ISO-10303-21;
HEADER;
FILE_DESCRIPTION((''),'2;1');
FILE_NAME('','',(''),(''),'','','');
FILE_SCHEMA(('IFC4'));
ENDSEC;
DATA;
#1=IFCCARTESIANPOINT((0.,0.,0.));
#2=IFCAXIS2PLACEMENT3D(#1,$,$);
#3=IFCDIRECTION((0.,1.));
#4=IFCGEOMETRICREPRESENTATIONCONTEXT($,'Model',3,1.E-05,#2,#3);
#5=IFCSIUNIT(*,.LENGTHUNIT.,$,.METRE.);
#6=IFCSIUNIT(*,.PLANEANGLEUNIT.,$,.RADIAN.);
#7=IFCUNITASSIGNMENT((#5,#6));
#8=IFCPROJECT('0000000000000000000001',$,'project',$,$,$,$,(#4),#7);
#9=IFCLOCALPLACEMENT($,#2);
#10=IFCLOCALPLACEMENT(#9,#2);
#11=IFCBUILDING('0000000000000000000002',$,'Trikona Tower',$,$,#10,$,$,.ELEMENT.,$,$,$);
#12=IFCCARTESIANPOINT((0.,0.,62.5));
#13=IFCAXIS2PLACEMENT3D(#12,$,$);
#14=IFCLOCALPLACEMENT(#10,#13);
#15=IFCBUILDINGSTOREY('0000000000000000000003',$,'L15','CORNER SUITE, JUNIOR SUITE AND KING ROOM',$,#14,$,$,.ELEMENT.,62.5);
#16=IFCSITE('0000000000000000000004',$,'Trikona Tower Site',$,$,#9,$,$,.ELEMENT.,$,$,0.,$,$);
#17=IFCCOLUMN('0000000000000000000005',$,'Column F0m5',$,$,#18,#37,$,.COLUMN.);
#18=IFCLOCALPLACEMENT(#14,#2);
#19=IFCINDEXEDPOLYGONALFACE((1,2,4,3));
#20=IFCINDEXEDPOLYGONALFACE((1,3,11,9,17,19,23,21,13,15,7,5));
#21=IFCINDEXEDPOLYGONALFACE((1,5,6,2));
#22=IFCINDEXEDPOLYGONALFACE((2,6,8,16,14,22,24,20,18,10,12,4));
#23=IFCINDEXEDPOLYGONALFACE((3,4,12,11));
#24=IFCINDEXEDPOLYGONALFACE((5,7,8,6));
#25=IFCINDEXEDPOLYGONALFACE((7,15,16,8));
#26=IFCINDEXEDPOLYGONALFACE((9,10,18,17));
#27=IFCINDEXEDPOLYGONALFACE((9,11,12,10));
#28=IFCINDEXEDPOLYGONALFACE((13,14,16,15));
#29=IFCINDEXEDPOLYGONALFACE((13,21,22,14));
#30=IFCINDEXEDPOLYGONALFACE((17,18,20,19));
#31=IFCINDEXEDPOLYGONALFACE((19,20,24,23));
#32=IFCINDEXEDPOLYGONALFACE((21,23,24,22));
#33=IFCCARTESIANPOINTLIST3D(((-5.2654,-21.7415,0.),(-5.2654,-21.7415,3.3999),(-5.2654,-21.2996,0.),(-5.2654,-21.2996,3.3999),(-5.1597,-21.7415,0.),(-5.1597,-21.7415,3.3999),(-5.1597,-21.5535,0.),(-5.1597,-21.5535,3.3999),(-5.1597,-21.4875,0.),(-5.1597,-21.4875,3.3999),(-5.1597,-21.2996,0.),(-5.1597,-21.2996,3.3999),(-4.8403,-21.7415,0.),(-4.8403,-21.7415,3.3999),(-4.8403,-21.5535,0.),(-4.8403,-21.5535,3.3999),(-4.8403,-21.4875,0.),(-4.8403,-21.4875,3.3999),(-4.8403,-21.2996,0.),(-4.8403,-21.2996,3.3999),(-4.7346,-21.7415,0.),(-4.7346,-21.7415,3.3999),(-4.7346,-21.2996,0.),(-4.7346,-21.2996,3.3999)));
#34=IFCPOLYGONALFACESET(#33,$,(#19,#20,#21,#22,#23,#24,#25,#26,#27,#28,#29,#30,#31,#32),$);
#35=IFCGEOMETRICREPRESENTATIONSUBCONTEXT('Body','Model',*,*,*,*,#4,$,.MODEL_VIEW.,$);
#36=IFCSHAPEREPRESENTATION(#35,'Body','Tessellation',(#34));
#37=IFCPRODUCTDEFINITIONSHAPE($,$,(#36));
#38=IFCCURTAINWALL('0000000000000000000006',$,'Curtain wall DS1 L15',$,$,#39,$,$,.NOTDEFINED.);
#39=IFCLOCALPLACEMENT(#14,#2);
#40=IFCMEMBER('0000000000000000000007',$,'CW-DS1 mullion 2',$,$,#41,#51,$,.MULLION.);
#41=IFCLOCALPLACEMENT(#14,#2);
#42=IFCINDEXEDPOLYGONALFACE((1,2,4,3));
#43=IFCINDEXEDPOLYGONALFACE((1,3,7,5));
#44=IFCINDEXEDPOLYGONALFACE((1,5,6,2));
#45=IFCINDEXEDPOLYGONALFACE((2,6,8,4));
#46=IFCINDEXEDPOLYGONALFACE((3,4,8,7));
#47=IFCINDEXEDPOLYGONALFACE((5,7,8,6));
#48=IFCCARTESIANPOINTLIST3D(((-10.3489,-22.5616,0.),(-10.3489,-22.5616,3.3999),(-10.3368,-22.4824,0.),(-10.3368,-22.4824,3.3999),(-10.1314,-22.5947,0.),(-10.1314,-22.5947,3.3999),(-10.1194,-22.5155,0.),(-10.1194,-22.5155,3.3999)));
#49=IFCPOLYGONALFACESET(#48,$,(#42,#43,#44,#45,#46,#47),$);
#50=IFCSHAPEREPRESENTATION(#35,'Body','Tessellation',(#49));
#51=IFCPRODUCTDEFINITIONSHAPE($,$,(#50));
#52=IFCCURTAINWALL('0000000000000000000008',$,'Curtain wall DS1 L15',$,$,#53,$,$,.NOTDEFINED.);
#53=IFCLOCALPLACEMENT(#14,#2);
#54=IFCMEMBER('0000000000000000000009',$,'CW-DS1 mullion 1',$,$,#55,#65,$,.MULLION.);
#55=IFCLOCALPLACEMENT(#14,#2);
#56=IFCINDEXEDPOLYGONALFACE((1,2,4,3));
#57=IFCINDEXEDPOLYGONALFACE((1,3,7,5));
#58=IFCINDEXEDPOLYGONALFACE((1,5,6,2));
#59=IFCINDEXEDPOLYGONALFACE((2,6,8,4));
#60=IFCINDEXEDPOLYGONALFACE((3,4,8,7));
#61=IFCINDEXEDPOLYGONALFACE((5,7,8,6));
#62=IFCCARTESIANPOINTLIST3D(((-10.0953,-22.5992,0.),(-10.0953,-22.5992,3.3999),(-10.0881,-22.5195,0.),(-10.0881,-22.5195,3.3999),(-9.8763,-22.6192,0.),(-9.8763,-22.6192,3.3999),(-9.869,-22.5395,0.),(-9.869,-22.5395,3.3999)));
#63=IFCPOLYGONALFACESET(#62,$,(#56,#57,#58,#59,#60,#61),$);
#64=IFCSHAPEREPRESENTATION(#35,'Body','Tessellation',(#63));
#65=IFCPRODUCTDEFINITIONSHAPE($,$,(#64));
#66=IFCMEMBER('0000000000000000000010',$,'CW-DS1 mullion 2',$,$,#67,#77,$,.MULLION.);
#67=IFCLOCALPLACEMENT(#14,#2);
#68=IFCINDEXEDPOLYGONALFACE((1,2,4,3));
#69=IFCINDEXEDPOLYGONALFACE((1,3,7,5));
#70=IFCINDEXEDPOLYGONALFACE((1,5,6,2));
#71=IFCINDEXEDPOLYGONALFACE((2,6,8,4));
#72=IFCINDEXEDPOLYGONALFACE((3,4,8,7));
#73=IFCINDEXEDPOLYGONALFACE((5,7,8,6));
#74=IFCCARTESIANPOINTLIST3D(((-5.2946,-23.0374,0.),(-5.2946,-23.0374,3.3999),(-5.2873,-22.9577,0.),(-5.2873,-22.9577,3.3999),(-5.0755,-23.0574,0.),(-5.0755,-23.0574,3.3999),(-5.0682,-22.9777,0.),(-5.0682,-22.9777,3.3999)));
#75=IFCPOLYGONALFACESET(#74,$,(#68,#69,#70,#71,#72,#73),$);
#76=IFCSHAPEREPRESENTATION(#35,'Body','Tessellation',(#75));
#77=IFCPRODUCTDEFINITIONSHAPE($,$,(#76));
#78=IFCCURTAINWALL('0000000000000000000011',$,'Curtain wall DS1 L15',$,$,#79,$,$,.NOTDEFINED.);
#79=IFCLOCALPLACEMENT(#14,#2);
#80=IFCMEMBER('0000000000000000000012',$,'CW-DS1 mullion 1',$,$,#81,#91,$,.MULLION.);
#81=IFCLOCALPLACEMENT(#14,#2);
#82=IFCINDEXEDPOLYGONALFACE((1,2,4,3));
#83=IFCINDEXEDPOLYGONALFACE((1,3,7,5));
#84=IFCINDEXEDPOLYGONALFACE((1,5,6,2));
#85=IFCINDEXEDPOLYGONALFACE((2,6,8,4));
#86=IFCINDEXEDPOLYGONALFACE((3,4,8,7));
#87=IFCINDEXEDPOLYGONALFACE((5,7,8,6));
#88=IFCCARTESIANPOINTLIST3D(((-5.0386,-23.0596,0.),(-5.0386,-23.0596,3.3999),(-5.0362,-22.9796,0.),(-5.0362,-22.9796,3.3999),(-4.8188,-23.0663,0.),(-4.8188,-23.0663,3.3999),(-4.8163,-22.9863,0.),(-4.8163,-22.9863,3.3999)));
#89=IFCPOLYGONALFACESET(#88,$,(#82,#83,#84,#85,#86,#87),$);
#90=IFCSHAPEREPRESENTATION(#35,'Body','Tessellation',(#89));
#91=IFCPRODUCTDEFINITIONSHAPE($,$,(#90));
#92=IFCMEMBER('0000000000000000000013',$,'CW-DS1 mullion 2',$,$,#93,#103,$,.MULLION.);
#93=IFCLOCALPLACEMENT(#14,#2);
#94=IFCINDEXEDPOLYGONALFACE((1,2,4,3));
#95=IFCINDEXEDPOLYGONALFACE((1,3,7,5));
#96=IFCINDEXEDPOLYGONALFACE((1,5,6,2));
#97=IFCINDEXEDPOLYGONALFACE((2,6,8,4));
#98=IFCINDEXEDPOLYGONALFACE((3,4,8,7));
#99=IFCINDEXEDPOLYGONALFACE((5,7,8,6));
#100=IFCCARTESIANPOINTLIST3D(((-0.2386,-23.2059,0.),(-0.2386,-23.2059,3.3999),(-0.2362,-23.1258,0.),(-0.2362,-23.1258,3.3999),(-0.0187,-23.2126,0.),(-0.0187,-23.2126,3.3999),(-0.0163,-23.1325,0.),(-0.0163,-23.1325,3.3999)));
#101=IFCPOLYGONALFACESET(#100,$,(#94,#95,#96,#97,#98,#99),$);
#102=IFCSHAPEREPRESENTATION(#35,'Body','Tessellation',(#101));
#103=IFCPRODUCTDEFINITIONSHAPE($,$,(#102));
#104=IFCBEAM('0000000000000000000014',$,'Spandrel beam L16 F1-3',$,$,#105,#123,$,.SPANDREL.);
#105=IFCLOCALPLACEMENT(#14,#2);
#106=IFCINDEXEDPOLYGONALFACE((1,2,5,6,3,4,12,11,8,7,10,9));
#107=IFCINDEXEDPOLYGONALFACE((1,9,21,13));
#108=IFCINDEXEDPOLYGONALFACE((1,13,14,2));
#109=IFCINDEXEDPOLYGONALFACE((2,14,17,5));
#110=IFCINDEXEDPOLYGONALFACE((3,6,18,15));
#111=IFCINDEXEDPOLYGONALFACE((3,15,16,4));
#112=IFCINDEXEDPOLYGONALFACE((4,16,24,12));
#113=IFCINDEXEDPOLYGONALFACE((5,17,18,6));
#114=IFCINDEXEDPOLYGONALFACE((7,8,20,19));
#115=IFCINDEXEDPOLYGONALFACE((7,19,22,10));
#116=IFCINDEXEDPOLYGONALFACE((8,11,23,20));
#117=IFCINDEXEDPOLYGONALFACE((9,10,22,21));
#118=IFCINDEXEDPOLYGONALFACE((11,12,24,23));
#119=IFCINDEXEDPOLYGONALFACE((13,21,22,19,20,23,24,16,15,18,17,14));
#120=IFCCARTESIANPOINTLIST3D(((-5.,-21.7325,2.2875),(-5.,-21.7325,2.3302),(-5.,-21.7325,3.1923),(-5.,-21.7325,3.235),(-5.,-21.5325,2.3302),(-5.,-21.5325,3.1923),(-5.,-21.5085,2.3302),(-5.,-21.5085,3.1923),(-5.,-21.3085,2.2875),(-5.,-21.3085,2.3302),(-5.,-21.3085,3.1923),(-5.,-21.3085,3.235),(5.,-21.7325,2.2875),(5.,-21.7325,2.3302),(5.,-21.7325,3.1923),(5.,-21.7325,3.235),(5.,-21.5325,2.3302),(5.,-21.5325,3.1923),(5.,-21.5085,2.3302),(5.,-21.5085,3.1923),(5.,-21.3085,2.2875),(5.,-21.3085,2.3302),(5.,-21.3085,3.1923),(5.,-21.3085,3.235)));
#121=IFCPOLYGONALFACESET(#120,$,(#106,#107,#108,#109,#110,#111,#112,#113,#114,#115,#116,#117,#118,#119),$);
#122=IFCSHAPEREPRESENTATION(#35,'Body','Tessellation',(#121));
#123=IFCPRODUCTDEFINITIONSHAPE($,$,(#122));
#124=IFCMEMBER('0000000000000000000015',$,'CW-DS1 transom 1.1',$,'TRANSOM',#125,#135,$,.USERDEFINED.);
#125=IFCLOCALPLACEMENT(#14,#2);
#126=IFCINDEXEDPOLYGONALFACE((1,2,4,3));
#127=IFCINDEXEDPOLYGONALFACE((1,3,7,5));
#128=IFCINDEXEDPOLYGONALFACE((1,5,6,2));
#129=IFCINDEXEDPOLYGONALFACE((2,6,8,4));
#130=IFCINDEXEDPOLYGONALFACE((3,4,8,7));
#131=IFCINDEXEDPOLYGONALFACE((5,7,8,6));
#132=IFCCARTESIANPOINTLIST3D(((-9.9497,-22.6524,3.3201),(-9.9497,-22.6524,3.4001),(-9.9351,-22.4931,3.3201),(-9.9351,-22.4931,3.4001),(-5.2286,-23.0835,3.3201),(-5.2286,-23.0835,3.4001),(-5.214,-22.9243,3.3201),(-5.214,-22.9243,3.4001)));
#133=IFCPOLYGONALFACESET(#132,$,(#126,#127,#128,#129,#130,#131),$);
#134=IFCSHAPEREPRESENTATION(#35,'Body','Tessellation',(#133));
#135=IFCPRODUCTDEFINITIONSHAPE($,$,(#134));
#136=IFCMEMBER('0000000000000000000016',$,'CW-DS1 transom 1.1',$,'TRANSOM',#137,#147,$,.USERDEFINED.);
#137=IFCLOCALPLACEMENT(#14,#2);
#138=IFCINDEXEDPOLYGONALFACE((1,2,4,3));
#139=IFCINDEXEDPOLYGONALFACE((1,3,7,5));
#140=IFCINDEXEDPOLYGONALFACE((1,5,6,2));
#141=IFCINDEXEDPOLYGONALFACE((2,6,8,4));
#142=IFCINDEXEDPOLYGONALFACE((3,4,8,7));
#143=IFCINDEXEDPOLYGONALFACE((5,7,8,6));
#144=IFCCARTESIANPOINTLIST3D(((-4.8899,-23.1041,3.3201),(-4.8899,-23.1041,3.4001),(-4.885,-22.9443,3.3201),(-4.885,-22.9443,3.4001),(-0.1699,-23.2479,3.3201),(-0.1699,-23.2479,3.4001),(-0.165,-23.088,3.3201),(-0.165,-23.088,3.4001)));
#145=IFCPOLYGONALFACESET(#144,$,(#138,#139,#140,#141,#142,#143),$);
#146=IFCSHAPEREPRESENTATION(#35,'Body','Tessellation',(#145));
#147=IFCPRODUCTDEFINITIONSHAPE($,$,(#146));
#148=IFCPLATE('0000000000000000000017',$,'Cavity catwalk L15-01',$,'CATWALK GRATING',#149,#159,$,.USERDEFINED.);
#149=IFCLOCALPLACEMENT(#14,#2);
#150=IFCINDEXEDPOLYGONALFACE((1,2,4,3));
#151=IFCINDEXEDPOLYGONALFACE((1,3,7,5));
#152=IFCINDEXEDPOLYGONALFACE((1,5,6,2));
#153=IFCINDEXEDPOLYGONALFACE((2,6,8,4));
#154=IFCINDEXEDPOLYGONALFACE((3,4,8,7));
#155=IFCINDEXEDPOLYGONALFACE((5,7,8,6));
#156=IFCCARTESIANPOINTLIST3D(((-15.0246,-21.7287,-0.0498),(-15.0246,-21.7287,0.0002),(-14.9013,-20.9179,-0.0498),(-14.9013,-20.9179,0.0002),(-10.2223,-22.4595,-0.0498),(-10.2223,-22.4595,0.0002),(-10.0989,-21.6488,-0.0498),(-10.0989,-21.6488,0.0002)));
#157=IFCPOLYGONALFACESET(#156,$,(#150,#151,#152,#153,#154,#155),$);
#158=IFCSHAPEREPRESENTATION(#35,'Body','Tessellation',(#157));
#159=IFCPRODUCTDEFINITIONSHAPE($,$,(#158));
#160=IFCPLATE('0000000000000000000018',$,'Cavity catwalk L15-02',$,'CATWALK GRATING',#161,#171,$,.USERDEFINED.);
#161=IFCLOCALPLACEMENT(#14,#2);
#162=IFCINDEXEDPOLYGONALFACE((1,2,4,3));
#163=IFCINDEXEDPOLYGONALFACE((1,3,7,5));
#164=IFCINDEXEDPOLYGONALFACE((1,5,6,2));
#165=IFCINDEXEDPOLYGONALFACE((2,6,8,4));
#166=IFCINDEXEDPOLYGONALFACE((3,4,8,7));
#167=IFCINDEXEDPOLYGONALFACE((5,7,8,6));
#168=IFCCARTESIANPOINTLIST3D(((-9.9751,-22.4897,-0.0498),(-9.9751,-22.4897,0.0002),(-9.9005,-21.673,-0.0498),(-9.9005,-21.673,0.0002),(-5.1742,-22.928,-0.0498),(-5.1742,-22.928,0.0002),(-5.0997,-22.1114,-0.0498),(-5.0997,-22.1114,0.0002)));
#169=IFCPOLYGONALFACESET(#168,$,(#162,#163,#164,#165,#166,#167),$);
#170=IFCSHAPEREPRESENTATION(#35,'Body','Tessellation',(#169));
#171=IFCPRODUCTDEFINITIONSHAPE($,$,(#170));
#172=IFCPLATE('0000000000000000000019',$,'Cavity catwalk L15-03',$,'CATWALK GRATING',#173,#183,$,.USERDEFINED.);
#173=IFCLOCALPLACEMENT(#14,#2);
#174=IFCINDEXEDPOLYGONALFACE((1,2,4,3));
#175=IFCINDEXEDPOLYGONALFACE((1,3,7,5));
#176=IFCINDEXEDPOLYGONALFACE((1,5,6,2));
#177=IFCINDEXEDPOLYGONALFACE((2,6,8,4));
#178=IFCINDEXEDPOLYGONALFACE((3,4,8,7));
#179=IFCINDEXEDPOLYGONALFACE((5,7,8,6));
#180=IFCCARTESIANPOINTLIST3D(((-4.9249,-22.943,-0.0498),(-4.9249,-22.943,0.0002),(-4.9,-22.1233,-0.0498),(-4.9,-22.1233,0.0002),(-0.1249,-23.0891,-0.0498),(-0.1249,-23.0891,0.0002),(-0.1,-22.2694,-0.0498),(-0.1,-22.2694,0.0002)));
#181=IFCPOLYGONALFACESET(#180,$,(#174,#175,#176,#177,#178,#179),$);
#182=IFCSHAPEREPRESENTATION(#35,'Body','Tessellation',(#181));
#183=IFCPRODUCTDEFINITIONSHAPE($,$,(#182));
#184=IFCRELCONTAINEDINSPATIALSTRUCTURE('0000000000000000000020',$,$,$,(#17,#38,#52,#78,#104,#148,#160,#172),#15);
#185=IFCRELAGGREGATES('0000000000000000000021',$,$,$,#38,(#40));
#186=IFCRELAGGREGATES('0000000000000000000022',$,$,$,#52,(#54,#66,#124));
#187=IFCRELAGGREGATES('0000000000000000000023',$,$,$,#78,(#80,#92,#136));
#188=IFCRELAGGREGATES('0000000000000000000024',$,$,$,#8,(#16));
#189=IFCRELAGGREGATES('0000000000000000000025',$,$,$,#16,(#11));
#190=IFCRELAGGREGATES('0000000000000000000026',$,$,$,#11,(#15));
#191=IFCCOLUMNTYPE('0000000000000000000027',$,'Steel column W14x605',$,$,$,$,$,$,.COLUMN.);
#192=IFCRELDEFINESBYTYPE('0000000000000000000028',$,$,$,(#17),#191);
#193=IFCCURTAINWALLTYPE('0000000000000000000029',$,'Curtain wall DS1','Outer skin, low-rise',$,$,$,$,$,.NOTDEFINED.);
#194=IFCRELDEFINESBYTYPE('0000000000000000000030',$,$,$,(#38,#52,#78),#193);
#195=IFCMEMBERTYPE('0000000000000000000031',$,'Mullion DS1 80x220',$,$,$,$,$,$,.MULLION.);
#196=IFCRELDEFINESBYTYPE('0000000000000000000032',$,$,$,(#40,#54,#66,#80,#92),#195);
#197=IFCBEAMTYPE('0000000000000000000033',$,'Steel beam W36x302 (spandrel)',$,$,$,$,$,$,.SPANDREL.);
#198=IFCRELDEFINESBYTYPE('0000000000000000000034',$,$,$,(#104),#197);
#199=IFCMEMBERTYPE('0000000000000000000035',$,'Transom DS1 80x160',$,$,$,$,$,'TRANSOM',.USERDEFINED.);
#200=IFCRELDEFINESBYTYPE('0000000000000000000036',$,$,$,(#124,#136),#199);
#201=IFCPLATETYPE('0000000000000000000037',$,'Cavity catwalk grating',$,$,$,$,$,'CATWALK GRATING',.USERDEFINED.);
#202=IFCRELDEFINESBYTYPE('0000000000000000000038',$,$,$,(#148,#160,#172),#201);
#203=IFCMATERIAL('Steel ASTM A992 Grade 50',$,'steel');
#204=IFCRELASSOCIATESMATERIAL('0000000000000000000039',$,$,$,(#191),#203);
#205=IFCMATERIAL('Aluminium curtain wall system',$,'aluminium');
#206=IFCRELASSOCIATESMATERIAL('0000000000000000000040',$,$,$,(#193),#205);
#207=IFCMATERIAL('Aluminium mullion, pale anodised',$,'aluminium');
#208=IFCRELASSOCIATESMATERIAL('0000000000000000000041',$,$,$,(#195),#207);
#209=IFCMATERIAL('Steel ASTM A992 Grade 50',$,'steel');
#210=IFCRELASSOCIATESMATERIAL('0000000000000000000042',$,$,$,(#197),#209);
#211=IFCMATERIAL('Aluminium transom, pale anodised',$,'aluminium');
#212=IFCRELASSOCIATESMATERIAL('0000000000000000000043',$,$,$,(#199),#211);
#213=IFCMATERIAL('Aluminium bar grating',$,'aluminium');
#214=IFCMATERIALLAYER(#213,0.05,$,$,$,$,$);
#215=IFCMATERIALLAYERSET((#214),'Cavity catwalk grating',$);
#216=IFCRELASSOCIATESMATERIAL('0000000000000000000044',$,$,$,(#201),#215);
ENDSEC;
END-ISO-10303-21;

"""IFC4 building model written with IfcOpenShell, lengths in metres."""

from ifc_helpers import new_model, si_unit, direction, frame, origin, origin_2d, place, context, subcontext, project, spatial, rectangle, i_section, extrude, material, layer, layer_set, material_profile, profile_set, type_object, element, aggregate, save


model = new_model("IFC4")

# Units and contexts
model_context = context("Model", 3, precision=1e-05, world=origin(), true_north=direction((0.0, 1.0)))
body_context = subcontext(model_context, "Body", "Model", "MODEL_VIEW")
ifc_project = project(units=[si_unit("LENGTHUNIT", "METRE"), si_unit("PLANEANGLEUNIT", "RADIAN")], contexts=[model_context])

# Site, building, storey
site_placement = place(None, origin())
site = spatial("IfcSite", under=ifc_project, at=site_placement, Name="Trikona Tower Site", CompositionType="ELEMENT", RefElevation=0.0)
building_placement = place(site_placement, origin())
building = spatial("IfcBuilding", under=site, at=building_placement, Name="Trikona Tower", CompositionType="ELEMENT")
storey_placement = place(building_placement, frame((0.0, 0.0, 62.5)))
storey = spatial("IfcBuildingStorey", under=building, at=storey_placement, Name="L15", Description="CORNER SUITE, JUNIOR SUITE AND KING ROOM", CompositionType="ELEMENT", Elevation=62.5)

# Column
ifc_material_1 = material(Name="Steel ASTM A992 Grade 50", Category="steel")
ifc_material_profile_1 = material_profile(ifc_material_1, i_section(OverallWidth=0.4419, OverallDepth=0.5308, WebThickness=0.0659, FlangeThickness=0.1057, at=origin_2d()), Name="W14X605")
ifc_profile_set_1 = profile_set([ifc_material_profile_1], Name="Steel ASTM A992 Grade 50")
column_type = type_object("IfcColumnType", Name="Steel column W14x605", PredefinedType="COLUMN", material=ifc_profile_set_1)
column_placement = place(storey_placement, frame((-5.0, -21.5205, 0.0), z_axis=(0.0, 0.0, 1.0), x_axis=(0.0, -1.0, 0.0)))
element("IfcColumn", 1, at=column_placement, inside=storey, type_object=column_type, Name="Column F0m5", PredefinedType="COLUMN", context=body_context, shape_type="SweptSolid", body=[
    extrude(i_section(OverallWidth=0.4419, OverallDepth=0.5308, WebThickness=0.0659, FlangeThickness=0.1057, at=origin_2d()), origin(), (0.0, 0.0, 1.0), 3.3999),
])

# Curtain wall, member
ifc_material_2 = material(Name="Aluminium curtain wall system", Category="aluminium")
curtain_wall_type = type_object("IfcCurtainWallType", Name="Curtain wall DS1", Description="Outer skin, low-rise", PredefinedType="NOTDEFINED", material=ifc_material_2)
curtain_wall_1_placement = place(storey_placement, origin())
curtain_wall_1 = element("IfcCurtainWall", 2, at=curtain_wall_1_placement, inside=storey, type_object=curtain_wall_type, Name="Curtain wall DS1 L15", PredefinedType="NOTDEFINED")
ifc_material_3 = material(Name="Aluminium mullion, pale anodised", Category="aluminium")
ifc_material_profile_2 = material_profile(ifc_material_3, rectangle(XDim=0.0801, YDim=0.22, at=origin_2d()), Name="MUL-DS1")
ifc_profile_set_2 = profile_set([ifc_material_profile_2], Name="Aluminium mullion, pale anodised")
member_type_1 = type_object("IfcMemberType", Name="Mullion DS1 80x220", PredefinedType="MULLION", material=ifc_profile_set_2)
member_1_placement = place(storey_placement, frame((-10.2341, -22.5386, 0.0), z_axis=(0.0, 0.0, 1.0), x_axis=(0.150438, 0.988619, 0.0)))
member_1 = element("IfcMember", 3, at=member_1_placement, type_object=member_type_1, Name="CW-DS1 mullion 2", PredefinedType="MULLION", context=body_context, shape_type="SweptSolid", body=[
    extrude(rectangle(XDim=0.0801, YDim=0.22, at=origin_2d()), origin(), (0.0, 0.0, 1.0), 3.3999),
])

# Curtain walls, members
curtain_wall_2_placement = place(storey_placement, origin())
curtain_wall_2 = element("IfcCurtainWall", 4, at=curtain_wall_2_placement, inside=storey, type_object=curtain_wall_type, Name="Curtain wall DS1 L15", PredefinedType="NOTDEFINED")
member_2_placement = place(storey_placement, frame((-9.9822, -22.5693, 0.0), z_axis=(0.0, 0.0, 1.0), x_axis=(0.090924, 0.995858, 0.0)))
member_2 = element("IfcMember", 5, at=member_2_placement, type_object=member_type_1, Name="CW-DS1 mullion 1", PredefinedType="MULLION", context=body_context, shape_type="SweptSolid", body=[
    extrude(rectangle(XDim=0.0801, YDim=0.22, at=origin_2d()), origin(), (0.0, 0.0, 1.0), 3.3999),
])
member_3_placement = place(storey_placement, frame((-5.1814, -23.0076, 0.0), z_axis=(0.0, 0.0, 1.0), x_axis=(0.090924, 0.995858, 0.0)))
member_3 = element("IfcMember", 6, at=member_3_placement, type_object=member_type_1, Name="CW-DS1 mullion 2", PredefinedType="MULLION", context=body_context, shape_type="SweptSolid", body=[
    extrude(rectangle(XDim=0.0801, YDim=0.22, at=origin_2d()), origin(), (0.0, 0.0, 1.0), 3.3999),
])
curtain_wall_3_placement = place(storey_placement, origin())
curtain_wall_3 = element("IfcCurtainWall", 7, at=curtain_wall_3_placement, inside=storey, type_object=curtain_wall_type, Name="Curtain wall DS1 L15", PredefinedType="NOTDEFINED")
member_4_placement = place(storey_placement, frame((-4.9275, -23.0229, 0.0), z_axis=(0.0, 0.0, 1.0), x_axis=(0.030437, 0.999537, 0.0)))
member_4 = element("IfcMember", 8, at=member_4_placement, type_object=member_type_1, Name="CW-DS1 mullion 1", PredefinedType="MULLION", context=body_context, shape_type="SweptSolid", body=[
    extrude(rectangle(XDim=0.0801, YDim=0.22, at=origin_2d()), origin(), (0.0, 0.0, 1.0), 3.3999),
])
member_5_placement = place(storey_placement, frame((-0.1274, -23.1692, 0.0), z_axis=(0.0, 0.0, 1.0), x_axis=(0.030437, 0.999537, 0.0)))
member_5 = element("IfcMember", 9, at=member_5_placement, type_object=member_type_1, Name="CW-DS1 mullion 2", PredefinedType="MULLION", context=body_context, shape_type="SweptSolid", body=[
    extrude(rectangle(XDim=0.0801, YDim=0.22, at=origin_2d()), origin(), (0.0, 0.0, 1.0), 3.3999),
])

# Beam
ifc_material_4 = material(Name="Steel ASTM A992 Grade 50", Category="steel")
ifc_material_profile_3 = material_profile(ifc_material_4, i_section(OverallWidth=0.4241, OverallDepth=0.9475, WebThickness=0.0239, FlangeThickness=0.0427, at=origin_2d()), Name="W36X302")
ifc_profile_set_3 = profile_set([ifc_material_profile_3], Name="Steel ASTM A992 Grade 50")
beam_type = type_object("IfcBeamType", Name="Steel beam W36x302 (spandrel)", PredefinedType="SPANDREL", material=ifc_profile_set_3)
beam_placement = place(storey_placement, frame((-5.0, -21.5205, 2.7612), z_axis=(1.0, 0.0, 0.0), x_axis=(0.0, 1.0, 0.0)))
element("IfcBeam", 10, at=beam_placement, inside=storey, type_object=beam_type, Name="Spandrel beam L16 F1-3", PredefinedType="SPANDREL", context=body_context, shape_type="SweptSolid", body=[
    extrude(i_section(OverallWidth=0.4241, OverallDepth=0.9475, WebThickness=0.0239, FlangeThickness=0.0427, at=origin_2d()), origin(), (0.0, 0.0, 1.0), 10.0),
])

# Members
ifc_material_5 = material(Name="Aluminium transom, pale anodised", Category="aluminium")
ifc_material_profile_4 = material_profile(ifc_material_5, rectangle(XDim=0.1599, YDim=0.0801, at=origin_2d()), Name="TRN-DS1")
ifc_profile_set_4 = profile_set([ifc_material_profile_4], Name="Aluminium transom, pale anodised")
member_type_2 = type_object("IfcMemberType", Name="Transom DS1 80x160", ElementType="TRANSOM", PredefinedType="USERDEFINED", material=ifc_profile_set_4)
member_6_placement = place(storey_placement, frame((-9.9424, -22.5728, 3.3601), z_axis=(0.995856, -0.090944, 0.0), x_axis=(0.090944, 0.995856, 0.0)))
member_6 = element("IfcMember", 11, at=member_6_placement, type_object=member_type_2, Name="CW-DS1 transom 1.1", ObjectType="TRANSOM", PredefinedType="USERDEFINED", context=body_context, shape_type="SweptSolid", body=[
    extrude(rectangle(XDim=0.1599, YDim=0.0801, at=origin_2d()), origin(), (0.0, 0.0, 1.0), 4.7407),
])
member_7_placement = place(storey_placement, frame((-4.8875, -23.0242, 3.3601), z_axis=(0.999536, -0.030452, 0.0), x_axis=(0.030452, 0.999536, 0.0)))
member_7 = element("IfcMember", 12, at=member_7_placement, type_object=member_type_2, Name="CW-DS1 transom 1.1", ObjectType="TRANSOM", PredefinedType="USERDEFINED", context=body_context, shape_type="SweptSolid", body=[
    extrude(rectangle(XDim=0.1599, YDim=0.0801, at=origin_2d()), origin(), (0.0, 0.0, 1.0), 4.7222),
])

# Plates
ifc_material_6 = material(Name="Aluminium bar grating", Category="aluminium")
ifc_layer_1 = layer(ifc_material_6, 0.05)
ifc_layer_set_1 = layer_set([ifc_layer_1], Name="Cavity catwalk grating")
plate_type_1 = type_object("IfcPlateType", Name="Cavity catwalk grating", ElementType="CATWALK GRATING", PredefinedType="USERDEFINED", material=ifc_layer_set_1)
plate_1_placement = place(storey_placement, frame((-12.5618, -21.6887, -0.0498), z_axis=(0.0, 0.0, 1.0), x_axis=(0.988618, -0.150448, 0.0)))
element("IfcPlate", 13, at=plate_1_placement, inside=storey, type_object=plate_type_1, Name="Cavity catwalk L15-01", ObjectType="CATWALK GRATING", PredefinedType="USERDEFINED", context=body_context, shape_type="SweptSolid", body=[
    extrude(rectangle(XDim=4.8577, YDim=0.8201, at=origin_2d()), origin(), (0.0, 0.0, 1.0), 0.05),
])
plate_2_placement = place(storey_placement, frame((-7.5374, -22.3005, -0.0498), z_axis=(0.0, 0.0, 1.0), x_axis=(0.995858, -0.090921, 0.0)))
element("IfcPlate", 14, at=plate_2_placement, inside=storey, type_object=plate_type_1, Name="Cavity catwalk L15-02", ObjectType="CATWALK GRATING", PredefinedType="USERDEFINED", context=body_context, shape_type="SweptSolid", body=[
    extrude(rectangle(XDim=4.8208, YDim=0.8201, at=origin_2d()), origin(), (0.0, 0.0, 1.0), 0.05),
])
plate_3_placement = place(storey_placement, frame((-2.5125, -22.6062, -0.0498), z_axis=(0.0, 0.0, 1.0), x_axis=(0.999537, -0.030425, 0.0)))
element("IfcPlate", 15, at=plate_3_placement, inside=storey, type_object=plate_type_1, Name="Cavity catwalk L15-03", ObjectType="CATWALK GRATING", PredefinedType="USERDEFINED", context=body_context, shape_type="SweptSolid", body=[
    extrude(rectangle(XDim=4.8022, YDim=0.8201, at=origin_2d()), origin(), (0.0, 0.0, 1.0), 0.05),
])

aggregate(curtain_wall_1, [member_1])
aggregate(curtain_wall_2, [member_2, member_3, member_6])
aggregate(curtain_wall_3, [member_4, member_5, member_7])

save(model, "model.ifc")
